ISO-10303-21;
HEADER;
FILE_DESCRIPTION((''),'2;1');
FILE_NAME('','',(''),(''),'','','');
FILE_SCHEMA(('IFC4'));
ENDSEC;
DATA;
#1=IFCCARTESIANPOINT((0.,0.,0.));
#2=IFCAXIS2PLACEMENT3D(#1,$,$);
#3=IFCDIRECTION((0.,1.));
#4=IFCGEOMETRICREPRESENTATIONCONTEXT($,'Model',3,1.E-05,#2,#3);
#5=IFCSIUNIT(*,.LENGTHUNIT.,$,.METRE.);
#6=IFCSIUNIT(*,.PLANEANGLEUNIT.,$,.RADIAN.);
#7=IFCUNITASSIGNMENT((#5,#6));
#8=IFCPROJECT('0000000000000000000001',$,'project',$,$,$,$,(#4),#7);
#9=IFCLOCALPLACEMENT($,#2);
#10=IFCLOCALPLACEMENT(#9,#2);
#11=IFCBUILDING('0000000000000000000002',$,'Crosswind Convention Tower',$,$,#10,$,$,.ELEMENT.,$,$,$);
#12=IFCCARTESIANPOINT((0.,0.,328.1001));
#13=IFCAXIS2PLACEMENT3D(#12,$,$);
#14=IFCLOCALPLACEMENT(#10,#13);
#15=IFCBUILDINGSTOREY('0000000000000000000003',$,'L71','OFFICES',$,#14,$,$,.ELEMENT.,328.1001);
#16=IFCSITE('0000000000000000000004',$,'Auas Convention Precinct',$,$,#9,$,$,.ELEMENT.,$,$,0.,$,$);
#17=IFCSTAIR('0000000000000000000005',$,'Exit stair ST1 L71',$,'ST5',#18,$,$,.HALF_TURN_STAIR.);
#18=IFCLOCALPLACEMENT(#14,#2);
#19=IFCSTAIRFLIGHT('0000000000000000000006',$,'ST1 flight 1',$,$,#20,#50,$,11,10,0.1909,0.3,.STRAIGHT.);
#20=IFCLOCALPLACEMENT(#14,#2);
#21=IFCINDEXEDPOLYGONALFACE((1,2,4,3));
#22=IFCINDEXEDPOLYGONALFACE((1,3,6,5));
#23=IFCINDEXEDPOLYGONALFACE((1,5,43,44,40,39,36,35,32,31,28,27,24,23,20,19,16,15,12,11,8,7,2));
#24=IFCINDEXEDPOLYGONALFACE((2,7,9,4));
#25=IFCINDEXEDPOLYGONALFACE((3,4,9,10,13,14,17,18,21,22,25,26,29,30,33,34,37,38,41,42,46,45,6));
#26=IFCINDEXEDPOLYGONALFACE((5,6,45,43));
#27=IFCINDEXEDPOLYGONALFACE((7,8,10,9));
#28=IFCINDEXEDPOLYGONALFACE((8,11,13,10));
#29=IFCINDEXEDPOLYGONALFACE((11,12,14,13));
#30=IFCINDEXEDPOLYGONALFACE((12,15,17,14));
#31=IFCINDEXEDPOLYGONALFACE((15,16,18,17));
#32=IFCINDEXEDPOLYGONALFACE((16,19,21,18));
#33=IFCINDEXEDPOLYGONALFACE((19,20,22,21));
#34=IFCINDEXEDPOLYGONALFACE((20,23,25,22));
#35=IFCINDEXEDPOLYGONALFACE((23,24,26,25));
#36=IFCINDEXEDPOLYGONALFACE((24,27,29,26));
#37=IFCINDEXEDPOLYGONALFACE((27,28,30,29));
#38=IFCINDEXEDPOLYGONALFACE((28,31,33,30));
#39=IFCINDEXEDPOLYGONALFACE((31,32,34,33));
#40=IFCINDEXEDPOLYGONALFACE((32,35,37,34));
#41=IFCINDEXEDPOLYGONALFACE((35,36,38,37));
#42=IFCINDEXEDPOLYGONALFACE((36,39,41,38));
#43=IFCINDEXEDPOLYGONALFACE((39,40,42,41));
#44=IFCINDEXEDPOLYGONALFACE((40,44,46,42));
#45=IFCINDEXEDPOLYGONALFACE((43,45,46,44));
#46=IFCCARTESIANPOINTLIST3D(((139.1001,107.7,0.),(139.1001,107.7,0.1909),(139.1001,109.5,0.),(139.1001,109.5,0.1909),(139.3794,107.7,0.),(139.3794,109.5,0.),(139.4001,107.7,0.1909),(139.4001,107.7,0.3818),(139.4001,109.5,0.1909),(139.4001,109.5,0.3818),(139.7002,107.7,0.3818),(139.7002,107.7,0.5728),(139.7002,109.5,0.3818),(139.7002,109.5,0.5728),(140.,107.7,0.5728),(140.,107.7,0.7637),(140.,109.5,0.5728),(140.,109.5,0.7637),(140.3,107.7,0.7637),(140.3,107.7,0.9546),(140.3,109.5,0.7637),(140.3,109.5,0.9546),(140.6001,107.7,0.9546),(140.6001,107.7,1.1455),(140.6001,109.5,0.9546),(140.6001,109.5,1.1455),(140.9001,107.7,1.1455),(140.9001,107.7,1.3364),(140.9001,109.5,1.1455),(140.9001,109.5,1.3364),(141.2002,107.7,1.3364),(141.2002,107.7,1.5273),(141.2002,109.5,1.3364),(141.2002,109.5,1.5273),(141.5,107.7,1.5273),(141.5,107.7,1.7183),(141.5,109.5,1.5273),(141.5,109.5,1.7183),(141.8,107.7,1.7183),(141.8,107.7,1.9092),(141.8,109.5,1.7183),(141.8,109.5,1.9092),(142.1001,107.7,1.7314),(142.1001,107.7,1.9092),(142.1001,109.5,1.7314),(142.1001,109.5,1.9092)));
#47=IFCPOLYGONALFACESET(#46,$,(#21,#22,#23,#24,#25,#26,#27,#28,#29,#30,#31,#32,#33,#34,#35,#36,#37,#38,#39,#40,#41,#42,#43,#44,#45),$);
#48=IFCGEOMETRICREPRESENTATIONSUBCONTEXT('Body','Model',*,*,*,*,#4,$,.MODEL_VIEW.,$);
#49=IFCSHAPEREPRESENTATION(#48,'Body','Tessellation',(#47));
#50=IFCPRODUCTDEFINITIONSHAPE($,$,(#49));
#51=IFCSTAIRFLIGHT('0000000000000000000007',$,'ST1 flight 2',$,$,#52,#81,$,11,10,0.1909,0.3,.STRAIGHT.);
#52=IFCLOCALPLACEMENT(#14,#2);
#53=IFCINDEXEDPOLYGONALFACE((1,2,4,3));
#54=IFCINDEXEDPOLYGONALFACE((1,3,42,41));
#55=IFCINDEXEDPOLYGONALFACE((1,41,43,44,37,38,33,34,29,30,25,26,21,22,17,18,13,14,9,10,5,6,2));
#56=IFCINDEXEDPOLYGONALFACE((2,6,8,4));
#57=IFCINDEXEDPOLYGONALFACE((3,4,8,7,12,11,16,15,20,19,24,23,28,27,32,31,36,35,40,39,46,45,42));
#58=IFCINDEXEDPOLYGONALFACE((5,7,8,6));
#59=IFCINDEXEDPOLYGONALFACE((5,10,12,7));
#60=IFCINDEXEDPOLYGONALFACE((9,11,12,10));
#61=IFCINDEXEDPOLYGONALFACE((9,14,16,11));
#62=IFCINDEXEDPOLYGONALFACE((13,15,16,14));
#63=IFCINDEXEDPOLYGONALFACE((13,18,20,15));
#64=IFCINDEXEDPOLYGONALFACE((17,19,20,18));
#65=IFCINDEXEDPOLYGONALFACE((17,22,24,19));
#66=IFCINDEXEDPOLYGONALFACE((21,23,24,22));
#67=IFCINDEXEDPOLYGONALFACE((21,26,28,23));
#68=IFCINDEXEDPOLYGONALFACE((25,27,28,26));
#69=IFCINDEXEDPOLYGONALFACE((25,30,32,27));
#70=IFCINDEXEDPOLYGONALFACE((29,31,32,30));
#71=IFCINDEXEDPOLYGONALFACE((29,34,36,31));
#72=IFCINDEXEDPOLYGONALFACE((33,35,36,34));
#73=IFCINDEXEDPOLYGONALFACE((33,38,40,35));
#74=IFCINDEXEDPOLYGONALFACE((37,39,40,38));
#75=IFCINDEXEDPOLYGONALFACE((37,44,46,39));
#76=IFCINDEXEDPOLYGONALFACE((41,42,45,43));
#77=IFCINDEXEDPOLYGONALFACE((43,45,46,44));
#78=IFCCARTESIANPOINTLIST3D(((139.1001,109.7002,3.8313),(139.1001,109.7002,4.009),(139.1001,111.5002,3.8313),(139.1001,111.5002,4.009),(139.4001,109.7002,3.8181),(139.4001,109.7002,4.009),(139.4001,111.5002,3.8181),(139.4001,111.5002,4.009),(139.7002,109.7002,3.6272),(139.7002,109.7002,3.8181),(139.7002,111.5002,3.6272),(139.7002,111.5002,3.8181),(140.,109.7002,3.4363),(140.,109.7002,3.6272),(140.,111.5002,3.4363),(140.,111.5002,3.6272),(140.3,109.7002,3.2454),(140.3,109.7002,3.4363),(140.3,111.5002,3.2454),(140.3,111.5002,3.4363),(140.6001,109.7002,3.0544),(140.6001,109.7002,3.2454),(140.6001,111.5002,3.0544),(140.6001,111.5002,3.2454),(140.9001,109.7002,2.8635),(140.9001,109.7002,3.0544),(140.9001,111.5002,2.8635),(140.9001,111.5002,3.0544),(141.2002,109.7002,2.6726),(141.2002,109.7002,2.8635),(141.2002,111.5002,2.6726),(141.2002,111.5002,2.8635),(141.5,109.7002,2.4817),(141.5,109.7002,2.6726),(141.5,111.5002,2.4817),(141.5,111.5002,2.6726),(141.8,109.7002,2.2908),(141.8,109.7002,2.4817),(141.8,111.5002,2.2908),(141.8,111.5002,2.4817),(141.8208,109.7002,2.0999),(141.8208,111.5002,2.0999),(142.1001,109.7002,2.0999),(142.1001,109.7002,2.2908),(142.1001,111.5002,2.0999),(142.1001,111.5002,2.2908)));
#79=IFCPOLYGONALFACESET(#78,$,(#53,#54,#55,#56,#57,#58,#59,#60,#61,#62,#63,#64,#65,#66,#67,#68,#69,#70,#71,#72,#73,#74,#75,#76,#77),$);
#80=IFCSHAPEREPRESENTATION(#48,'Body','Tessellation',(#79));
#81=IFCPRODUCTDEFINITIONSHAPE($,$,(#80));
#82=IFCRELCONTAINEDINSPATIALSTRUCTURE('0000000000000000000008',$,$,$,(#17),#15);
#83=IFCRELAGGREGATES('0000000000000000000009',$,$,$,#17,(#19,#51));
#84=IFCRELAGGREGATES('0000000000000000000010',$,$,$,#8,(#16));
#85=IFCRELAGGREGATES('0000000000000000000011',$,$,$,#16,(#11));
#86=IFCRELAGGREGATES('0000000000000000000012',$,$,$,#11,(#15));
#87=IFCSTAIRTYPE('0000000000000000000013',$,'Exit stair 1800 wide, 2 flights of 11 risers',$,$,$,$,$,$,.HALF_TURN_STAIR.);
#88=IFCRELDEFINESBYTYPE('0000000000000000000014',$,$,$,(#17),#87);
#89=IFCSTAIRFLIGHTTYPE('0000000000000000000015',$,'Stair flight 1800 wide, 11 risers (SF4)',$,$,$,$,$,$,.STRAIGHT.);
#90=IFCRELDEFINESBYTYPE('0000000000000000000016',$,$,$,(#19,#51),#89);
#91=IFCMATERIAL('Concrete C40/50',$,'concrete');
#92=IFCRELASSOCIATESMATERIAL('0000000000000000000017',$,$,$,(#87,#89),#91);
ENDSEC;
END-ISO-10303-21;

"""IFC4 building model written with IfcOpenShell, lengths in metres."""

from ifc_helpers import new_model, si_unit, direction, frame, origin, place, context, subcontext, project, spatial, polyline, outline, extrude, material, type_object, element, aggregate, save


model = new_model("IFC4")

# Units and contexts
model_context = context("Model", 3, precision=1e-05, world=origin(), true_north=direction((0.0, 1.0)))
body_context = subcontext(model_context, "Body", "Model", "MODEL_VIEW")
ifc_project = project(units=[si_unit("LENGTHUNIT", "METRE"), si_unit("PLANEANGLEUNIT", "RADIAN")], contexts=[model_context])

# Site, building, storey
site_placement = place(None, origin())
site = spatial("IfcSite", under=ifc_project, at=site_placement, Name="Auas Convention Precinct", CompositionType="ELEMENT", RefElevation=0.0)
building_placement = place(site_placement, origin())
building = spatial("IfcBuilding", under=site, at=building_placement, Name="Crosswind Convention Tower", CompositionType="ELEMENT")
storey_placement = place(building_placement, frame((0.0, 0.0, 328.1001)))
storey = spatial("IfcBuildingStorey", under=building, at=storey_placement, Name="L71", Description="OFFICES", CompositionType="ELEMENT", Elevation=328.1001)

# Stair, stair flights
ifc_material_1 = material(Name="Concrete C40/50", Category="concrete")
stair_type = type_object("IfcStairType", Name="Exit stair 1800 wide, 2 flights of 11 risers", PredefinedType="HALF_TURN_STAIR", material=ifc_material_1)
stair_placement = place(storey_placement, origin())
stair = element("IfcStair", 1, at=stair_placement, inside=storey, type_object=stair_type, Name="Exit stair ST1 L71", ObjectType="ST5", PredefinedType="HALF_TURN_STAIR")
stair_flight_type = type_object("IfcStairFlightType", Name="Stair flight 1800 wide, 11 risers (SF4)", PredefinedType="STRAIGHT", material=ifc_material_1)
stair_flight_1_placement = place(storey_placement, frame((139.1001, 108.6001, 0.0), z_axis=(0.0, 0.0, 1.0), x_axis=(1.0, 0.0, 0.0)))
stair_flight_1 = element("IfcStairFlight", 2, at=stair_flight_1_placement, type_object=stair_flight_type, Name="ST1 flight 1", NumberOfRisers=11, NumberOfTreads=10, PredefinedType="STRAIGHT", RiserHeight=0.1909, TreadLength=0.3, context=body_context, shape_type="SweptSolid", body=[
    extrude(outline(polyline([(0.0, 0.0), (0.0, 0.1909), (0.3, 0.1909), (0.3, 0.3818), (0.6001, 0.3818), (0.6001, 0.5728), (0.8999, 0.5728), (0.8999, 0.7637), (1.2, 0.7637), (1.2, 0.9546), (1.5, 0.9546), (1.5, 1.1455), (1.8, 1.1455), (1.8, 1.3364), (2.1001, 1.3364), (2.1001, 1.5273), (2.3999, 1.5273), (2.3999, 1.7183), (2.7, 1.7183), (2.7, 1.9092), (3.0, 1.9092), (3.0, 2.1001), (3.0, 1.7314), (0.2793, 0.0), (0.0, 0.0)])), frame((0.0, 0.8999, 0.0), z_axis=(0.0, -1.0, 0.0), x_axis=(1.0, 0.0, 0.0)), (0.0, 0.0, 1.0), 1.8),
])
stair_flight_2_placement = place(storey_placement, frame((142.1001, 110.6001, 2.0999), z_axis=(0.0, 0.0, 1.0), x_axis=(-1.0, 0.0, 0.0)))
stair_flight_2 = element("IfcStairFlight", 3, at=stair_flight_2_placement, type_object=stair_flight_type, Name="ST1 flight 2", NumberOfRisers=11, NumberOfTreads=10, PredefinedType="STRAIGHT", RiserHeight=0.1909, TreadLength=0.3, context=body_context, shape_type="SweptSolid", body=[
    extrude(outline(polyline([(0.0, 0.0), (0.0, 0.1909), (0.3, 0.1909), (0.3, 0.3818), (0.6001, 0.3818), (0.6001, 0.5728), (0.8999, 0.5728), (0.8999, 0.7637), (1.2, 0.7637), (1.2, 0.9546), (1.5, 0.9546), (1.5, 1.1455), (1.8, 1.1455), (1.8, 1.3364), (2.1001, 1.3364), (2.1001, 1.5273), (2.3999, 1.5273), (2.3999, 1.7183), (2.7, 1.7183), (2.7, 1.9092), (3.0, 1.9092), (3.0, 2.1001), (3.0, 1.7314), (0.2793, 0.0), (0.0, 0.0)])), frame((0.0, 0.8999, 0.0), z_axis=(0.0, -1.0, 0.0), x_axis=(1.0, 0.0, 0.0)), (0.0, 0.0, 1.0), 1.8),
])
aggregate(stair, [stair_flight_1, stair_flight_2])

save(model, "model.ifc")
